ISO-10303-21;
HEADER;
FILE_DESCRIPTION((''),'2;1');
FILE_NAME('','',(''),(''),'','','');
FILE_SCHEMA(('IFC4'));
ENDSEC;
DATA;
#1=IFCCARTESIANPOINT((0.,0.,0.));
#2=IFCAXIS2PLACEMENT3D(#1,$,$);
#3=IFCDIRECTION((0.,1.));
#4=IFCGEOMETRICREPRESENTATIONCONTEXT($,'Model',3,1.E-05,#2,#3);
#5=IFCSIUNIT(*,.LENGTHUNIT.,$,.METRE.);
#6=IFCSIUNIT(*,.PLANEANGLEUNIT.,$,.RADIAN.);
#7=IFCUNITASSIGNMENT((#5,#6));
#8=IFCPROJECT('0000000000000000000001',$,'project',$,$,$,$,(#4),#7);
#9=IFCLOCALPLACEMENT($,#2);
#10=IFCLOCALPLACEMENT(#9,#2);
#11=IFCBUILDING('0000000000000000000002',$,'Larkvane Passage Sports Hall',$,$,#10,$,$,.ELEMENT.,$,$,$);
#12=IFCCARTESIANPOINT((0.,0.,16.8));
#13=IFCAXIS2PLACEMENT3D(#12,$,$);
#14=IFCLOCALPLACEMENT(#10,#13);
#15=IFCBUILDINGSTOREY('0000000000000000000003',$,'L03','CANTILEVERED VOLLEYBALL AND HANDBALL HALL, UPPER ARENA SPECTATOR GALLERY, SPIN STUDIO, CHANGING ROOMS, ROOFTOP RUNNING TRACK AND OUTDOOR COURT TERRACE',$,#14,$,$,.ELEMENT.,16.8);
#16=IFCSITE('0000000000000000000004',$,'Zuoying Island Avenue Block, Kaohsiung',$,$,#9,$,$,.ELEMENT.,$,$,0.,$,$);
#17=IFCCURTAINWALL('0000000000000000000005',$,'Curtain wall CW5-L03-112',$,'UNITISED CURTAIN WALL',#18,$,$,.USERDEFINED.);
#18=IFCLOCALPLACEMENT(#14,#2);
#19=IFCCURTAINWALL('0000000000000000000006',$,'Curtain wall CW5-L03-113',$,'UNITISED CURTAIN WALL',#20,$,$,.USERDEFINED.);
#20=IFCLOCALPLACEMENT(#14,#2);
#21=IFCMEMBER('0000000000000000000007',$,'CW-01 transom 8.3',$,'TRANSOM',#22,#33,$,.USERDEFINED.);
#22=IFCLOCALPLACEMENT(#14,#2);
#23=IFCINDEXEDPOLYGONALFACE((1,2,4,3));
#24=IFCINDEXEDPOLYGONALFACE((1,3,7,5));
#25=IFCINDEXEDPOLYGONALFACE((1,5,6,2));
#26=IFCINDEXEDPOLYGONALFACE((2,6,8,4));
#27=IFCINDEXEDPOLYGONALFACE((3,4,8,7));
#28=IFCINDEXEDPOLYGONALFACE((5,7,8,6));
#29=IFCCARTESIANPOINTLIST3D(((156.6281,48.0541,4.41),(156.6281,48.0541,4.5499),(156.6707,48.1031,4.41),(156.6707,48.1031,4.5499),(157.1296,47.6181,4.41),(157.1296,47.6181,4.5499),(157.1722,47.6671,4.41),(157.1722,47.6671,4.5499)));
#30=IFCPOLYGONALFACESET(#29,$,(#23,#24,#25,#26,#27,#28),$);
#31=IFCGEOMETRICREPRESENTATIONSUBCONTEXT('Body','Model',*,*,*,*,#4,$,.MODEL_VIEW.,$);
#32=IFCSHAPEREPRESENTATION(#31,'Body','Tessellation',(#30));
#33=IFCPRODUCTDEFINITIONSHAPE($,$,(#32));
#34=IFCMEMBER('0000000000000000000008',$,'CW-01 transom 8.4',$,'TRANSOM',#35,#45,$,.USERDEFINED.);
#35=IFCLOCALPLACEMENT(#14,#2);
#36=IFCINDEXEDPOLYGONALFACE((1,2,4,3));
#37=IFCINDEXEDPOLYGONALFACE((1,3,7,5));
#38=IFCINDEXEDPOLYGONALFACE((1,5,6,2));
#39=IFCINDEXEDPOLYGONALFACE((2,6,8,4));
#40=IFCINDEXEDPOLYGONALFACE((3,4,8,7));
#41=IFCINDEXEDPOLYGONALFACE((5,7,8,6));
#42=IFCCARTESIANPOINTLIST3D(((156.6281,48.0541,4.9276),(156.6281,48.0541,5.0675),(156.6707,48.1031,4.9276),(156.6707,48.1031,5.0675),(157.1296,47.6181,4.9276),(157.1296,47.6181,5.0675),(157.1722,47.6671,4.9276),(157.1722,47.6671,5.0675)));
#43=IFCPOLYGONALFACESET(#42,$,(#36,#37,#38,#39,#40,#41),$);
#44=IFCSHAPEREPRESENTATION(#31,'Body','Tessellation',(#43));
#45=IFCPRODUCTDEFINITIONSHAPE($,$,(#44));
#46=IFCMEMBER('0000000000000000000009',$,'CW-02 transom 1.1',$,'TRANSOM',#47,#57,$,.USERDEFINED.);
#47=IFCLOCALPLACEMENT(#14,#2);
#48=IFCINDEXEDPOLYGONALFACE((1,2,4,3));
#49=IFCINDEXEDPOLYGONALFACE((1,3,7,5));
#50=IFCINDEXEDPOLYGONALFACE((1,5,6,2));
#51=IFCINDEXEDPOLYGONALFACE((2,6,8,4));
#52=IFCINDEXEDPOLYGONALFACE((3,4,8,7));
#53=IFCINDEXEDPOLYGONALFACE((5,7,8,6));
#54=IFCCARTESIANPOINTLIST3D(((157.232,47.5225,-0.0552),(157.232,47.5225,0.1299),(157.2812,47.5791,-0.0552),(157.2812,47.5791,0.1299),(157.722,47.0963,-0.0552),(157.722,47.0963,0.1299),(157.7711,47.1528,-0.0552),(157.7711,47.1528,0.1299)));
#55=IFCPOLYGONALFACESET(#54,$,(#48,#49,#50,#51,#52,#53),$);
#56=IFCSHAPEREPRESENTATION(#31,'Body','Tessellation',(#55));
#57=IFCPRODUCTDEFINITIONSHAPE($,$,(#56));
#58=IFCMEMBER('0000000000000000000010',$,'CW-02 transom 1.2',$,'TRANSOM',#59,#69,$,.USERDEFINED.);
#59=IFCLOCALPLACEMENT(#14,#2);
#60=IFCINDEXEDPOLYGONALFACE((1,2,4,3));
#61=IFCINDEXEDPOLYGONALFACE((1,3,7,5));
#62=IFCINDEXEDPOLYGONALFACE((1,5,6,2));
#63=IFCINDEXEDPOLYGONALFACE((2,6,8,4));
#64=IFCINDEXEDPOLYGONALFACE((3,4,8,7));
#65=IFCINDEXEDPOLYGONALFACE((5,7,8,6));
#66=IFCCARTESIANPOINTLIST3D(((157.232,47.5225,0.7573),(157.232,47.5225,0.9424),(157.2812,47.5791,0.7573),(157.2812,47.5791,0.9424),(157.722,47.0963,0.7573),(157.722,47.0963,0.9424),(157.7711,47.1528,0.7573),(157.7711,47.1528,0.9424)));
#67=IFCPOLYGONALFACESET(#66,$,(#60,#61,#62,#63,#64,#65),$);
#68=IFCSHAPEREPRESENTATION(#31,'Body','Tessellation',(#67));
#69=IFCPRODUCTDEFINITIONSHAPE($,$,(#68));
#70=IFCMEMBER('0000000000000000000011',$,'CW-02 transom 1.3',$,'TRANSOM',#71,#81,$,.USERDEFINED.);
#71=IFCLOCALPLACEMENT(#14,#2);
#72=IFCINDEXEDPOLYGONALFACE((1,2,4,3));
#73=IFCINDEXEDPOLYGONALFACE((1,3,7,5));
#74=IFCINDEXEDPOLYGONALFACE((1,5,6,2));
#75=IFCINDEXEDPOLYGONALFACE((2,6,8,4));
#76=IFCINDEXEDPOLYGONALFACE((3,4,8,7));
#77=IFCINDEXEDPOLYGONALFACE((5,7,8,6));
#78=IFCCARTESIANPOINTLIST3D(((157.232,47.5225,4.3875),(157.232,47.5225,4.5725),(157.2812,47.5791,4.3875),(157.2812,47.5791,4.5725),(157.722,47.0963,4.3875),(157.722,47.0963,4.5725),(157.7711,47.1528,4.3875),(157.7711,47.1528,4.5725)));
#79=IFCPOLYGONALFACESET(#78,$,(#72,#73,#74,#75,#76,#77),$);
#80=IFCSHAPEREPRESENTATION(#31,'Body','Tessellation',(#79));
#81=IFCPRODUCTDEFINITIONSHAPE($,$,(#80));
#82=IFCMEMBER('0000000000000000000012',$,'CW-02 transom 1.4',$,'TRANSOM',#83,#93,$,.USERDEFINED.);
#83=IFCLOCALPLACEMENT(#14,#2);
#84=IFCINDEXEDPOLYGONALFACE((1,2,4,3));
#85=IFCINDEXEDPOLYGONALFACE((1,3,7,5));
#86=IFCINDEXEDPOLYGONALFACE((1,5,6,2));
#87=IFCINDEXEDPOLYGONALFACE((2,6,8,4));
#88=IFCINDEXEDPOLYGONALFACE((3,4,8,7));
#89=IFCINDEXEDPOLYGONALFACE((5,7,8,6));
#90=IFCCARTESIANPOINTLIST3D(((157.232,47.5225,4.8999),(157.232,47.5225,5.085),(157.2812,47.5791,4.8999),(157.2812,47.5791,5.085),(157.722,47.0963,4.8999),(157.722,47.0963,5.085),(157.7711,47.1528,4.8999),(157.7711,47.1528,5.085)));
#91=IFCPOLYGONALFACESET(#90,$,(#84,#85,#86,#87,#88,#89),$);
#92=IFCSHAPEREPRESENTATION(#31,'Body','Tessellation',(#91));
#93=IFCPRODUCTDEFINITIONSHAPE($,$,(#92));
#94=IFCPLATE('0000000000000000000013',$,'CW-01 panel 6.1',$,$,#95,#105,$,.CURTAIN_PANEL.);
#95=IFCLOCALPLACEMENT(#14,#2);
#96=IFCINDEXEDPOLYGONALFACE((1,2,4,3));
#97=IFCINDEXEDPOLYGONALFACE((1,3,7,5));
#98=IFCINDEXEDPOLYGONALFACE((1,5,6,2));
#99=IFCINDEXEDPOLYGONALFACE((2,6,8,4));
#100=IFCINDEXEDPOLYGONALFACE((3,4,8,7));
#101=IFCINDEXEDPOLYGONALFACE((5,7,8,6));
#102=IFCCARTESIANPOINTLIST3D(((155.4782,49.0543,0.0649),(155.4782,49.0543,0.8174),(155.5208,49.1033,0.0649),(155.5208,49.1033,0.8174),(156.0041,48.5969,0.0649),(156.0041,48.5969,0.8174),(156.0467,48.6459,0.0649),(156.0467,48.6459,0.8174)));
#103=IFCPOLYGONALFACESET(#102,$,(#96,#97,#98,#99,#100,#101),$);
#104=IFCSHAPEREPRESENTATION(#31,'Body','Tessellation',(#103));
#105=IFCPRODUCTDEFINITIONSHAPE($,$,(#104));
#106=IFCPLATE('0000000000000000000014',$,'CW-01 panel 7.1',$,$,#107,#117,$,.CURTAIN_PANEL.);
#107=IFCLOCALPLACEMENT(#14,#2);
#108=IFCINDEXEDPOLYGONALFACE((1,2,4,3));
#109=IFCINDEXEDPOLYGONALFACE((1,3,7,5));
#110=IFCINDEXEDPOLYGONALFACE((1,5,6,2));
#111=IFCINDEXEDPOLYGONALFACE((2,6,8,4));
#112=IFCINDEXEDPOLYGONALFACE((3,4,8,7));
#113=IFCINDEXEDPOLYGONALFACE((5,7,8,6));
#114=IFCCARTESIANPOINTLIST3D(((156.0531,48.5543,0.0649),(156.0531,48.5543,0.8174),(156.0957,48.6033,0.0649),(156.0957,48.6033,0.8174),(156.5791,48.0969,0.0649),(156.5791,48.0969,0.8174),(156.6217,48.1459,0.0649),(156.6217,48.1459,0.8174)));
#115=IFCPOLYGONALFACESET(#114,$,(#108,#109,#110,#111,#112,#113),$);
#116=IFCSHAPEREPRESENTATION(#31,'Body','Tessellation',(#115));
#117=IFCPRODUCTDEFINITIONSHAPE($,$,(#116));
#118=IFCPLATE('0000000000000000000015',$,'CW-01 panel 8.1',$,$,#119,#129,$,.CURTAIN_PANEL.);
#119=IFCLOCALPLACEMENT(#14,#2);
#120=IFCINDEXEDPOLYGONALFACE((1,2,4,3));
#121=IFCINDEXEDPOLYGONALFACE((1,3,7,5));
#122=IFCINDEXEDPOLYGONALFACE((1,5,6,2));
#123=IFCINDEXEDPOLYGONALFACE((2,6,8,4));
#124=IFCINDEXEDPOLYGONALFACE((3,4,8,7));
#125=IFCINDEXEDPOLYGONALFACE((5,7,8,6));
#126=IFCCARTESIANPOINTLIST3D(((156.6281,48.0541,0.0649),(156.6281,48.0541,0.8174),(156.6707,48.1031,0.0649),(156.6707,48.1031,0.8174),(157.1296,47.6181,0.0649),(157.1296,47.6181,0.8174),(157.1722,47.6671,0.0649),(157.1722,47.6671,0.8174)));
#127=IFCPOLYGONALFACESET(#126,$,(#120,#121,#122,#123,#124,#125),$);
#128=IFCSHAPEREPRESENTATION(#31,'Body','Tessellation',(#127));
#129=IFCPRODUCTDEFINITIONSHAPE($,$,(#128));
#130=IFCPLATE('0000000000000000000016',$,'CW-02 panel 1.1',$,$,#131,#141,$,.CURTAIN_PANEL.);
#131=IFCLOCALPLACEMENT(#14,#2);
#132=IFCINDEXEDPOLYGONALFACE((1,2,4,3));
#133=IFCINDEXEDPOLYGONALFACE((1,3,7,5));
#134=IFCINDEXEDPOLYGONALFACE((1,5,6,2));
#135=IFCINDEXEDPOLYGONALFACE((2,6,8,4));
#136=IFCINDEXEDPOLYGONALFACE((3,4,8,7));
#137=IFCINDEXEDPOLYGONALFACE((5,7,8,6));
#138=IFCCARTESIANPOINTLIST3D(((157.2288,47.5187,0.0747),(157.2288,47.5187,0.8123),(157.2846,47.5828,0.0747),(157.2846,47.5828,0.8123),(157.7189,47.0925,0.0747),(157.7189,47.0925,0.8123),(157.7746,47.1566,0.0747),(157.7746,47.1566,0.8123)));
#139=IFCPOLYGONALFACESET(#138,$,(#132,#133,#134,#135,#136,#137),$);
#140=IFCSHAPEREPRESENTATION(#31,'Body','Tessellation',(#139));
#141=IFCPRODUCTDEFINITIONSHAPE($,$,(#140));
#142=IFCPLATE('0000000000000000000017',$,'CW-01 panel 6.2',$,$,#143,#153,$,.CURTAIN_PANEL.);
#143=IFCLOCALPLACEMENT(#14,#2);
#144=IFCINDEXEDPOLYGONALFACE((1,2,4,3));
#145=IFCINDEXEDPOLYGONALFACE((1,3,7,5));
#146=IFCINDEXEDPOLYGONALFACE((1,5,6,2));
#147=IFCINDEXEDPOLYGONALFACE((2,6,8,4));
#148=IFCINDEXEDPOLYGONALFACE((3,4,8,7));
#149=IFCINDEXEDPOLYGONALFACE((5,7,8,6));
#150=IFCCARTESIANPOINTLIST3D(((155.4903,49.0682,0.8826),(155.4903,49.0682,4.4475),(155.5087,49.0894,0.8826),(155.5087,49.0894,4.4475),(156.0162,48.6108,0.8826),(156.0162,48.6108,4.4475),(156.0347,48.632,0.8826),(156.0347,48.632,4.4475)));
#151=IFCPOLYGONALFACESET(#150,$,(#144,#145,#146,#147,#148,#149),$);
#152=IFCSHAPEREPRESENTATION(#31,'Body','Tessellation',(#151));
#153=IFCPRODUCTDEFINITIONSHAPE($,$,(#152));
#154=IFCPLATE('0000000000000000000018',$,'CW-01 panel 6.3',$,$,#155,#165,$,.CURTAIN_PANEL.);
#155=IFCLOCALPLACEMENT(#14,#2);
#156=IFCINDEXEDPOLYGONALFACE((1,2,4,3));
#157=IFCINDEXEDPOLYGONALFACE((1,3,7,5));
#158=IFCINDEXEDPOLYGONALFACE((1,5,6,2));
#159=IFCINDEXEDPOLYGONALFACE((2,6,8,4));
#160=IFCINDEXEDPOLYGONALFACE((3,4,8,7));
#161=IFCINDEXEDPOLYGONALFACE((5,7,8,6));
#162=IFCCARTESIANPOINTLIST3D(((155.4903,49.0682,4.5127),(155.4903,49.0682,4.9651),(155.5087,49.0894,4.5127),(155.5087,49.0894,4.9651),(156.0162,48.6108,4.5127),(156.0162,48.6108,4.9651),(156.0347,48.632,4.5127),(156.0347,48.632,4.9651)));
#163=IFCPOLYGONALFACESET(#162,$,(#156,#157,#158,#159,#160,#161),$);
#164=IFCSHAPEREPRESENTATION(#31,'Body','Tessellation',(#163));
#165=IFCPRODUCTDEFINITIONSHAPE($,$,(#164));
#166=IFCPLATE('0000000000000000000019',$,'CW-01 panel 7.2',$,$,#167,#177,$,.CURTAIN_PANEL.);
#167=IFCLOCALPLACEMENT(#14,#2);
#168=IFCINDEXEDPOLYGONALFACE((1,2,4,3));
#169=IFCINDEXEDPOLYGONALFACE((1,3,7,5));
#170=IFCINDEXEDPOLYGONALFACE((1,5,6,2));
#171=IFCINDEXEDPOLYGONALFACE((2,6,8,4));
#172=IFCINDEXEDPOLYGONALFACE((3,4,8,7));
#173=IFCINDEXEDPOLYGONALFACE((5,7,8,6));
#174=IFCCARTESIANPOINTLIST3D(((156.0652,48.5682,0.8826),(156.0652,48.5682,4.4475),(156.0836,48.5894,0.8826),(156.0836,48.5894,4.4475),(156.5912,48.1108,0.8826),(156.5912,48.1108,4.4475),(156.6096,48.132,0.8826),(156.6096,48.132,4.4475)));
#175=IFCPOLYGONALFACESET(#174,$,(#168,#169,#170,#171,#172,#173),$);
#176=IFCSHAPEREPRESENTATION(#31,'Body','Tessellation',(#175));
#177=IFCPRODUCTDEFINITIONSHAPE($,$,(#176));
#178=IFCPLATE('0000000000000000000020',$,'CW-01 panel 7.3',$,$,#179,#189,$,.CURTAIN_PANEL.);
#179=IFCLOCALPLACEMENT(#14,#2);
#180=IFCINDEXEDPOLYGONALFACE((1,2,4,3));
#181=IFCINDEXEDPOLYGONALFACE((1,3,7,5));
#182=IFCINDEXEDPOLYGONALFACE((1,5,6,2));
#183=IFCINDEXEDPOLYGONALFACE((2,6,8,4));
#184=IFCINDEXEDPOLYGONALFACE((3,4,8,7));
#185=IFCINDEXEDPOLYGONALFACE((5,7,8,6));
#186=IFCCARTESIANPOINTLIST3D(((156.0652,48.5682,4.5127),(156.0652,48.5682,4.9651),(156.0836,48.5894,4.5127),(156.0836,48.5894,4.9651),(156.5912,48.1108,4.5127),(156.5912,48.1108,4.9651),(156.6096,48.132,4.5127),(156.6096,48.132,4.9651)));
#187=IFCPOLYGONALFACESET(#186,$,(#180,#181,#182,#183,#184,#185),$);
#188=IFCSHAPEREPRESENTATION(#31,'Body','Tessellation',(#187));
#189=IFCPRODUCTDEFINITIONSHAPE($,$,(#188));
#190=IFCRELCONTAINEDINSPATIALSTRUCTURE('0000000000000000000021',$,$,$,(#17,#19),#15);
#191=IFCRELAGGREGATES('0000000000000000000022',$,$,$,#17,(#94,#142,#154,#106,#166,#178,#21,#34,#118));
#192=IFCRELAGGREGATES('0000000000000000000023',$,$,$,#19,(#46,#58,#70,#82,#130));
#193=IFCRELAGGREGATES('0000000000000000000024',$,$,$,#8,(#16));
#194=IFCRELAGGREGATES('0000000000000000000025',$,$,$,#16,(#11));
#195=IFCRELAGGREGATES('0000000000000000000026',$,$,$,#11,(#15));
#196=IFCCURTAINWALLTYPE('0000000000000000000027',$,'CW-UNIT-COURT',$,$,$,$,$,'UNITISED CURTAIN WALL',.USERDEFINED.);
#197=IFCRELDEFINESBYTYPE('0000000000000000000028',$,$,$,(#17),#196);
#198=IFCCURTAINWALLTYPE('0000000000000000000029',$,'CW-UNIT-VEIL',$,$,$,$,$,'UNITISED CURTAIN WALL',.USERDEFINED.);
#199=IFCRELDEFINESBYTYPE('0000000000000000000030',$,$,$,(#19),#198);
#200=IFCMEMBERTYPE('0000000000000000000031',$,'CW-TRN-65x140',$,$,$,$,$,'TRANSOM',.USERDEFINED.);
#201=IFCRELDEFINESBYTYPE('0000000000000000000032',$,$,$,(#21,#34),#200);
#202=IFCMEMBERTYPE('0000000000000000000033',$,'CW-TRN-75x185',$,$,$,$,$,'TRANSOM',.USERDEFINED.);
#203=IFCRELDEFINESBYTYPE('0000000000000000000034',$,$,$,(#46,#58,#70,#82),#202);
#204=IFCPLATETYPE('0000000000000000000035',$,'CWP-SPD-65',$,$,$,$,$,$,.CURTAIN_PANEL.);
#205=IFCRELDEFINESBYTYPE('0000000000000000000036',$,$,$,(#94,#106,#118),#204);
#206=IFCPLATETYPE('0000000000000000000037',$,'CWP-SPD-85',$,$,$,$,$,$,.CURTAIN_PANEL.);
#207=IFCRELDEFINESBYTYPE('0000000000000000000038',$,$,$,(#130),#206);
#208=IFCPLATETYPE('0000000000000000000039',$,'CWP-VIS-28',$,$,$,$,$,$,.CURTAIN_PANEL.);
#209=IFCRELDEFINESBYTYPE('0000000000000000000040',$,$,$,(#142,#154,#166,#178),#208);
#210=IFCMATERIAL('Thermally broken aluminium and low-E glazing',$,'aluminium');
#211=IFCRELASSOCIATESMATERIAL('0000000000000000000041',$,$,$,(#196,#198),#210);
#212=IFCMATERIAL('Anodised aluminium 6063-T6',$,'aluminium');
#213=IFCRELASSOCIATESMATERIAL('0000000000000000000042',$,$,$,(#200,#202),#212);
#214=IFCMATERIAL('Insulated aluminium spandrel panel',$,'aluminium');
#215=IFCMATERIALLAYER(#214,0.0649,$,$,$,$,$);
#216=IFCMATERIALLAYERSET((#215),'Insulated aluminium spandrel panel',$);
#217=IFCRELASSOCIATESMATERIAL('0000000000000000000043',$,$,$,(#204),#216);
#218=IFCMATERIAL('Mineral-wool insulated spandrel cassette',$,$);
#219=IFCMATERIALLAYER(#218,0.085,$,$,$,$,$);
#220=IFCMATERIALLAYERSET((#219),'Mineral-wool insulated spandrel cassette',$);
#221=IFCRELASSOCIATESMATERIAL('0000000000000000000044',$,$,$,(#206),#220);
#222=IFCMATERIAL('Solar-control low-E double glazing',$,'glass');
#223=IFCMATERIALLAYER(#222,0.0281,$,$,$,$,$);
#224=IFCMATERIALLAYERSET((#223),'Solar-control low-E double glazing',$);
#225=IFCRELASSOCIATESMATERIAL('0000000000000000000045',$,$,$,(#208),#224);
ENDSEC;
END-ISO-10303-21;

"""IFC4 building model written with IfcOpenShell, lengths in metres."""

from ifc_helpers import new_model, si_unit, direction, frame, origin, origin_2d, place, context, subcontext, project, spatial, rectangle, extrude, material, layer, layer_set, material_profile, profile_set, type_object, element, aggregate, save


model = new_model("IFC4")

# Units and contexts
model_context = context("Model", 3, precision=1e-05, world=origin(), true_north=direction((0.0, 1.0)))
body_context = subcontext(model_context, "Body", "Model", "MODEL_VIEW")
ifc_project = project(units=[si_unit("LENGTHUNIT", "METRE"), si_unit("PLANEANGLEUNIT", "RADIAN")], contexts=[model_context])

# Site, building, storey
site_placement = place(None, origin())
site = spatial("IfcSite", under=ifc_project, at=site_placement, Name="Zuoying Island Avenue Block, Kaohsiung", CompositionType="ELEMENT", RefElevation=0.0)
building_placement = place(site_placement, origin())
building = spatial("IfcBuilding", under=site, at=building_placement, Name="Larkvane Passage Sports Hall", CompositionType="ELEMENT")
storey_placement = place(building_placement, frame((0.0, 0.0, 16.8)))
storey = spatial("IfcBuildingStorey", under=building, at=storey_placement, Name="L03", Description="CANTILEVERED VOLLEYBALL AND HANDBALL HALL, UPPER ARENA SPECTATOR GALLERY, SPIN STUDIO, CHANGING ROOMS, ROOFTOP RUNNING TRACK AND OUTDOOR COURT TERRACE", CompositionType="ELEMENT", Elevation=16.8)

# Curtain wall
ifc_material_1 = material(Name="Thermally broken aluminium and low-E glazing", Category="aluminium")
curtain_wall_type_1 = type_object("IfcCurtainWallType", Name="CW-UNIT-COURT", ElementType="UNITISED CURTAIN WALL", PredefinedType="USERDEFINED", material=ifc_material_1)
curtain_wall_1_placement = place(storey_placement, origin())
curtain_wall_1 = element("IfcCurtainWall", 1, at=curtain_wall_1_placement, inside=storey, type_object=curtain_wall_type_1, Name="Curtain wall CW5-L03-112", ObjectType="UNITISED CURTAIN WALL", PredefinedType="USERDEFINED")
ifc_material_2 = material(Name="Anodised aluminium 6063-T6", Category="aluminium")

# Curtain wall
curtain_wall_type_2 = type_object("IfcCurtainWallType", Name="CW-UNIT-VEIL", ElementType="UNITISED CURTAIN WALL", PredefinedType="USERDEFINED", material=ifc_material_1)
curtain_wall_2_placement = place(storey_placement, origin())
curtain_wall_2 = element("IfcCurtainWall", 2, at=curtain_wall_2_placement, inside=storey, type_object=curtain_wall_type_2, Name="Curtain wall CW5-L03-113", ObjectType="UNITISED CURTAIN WALL", PredefinedType="USERDEFINED")

# Members
ifc_material_profile_1 = material_profile(ifc_material_2, rectangle(XDim=0.0649, YDim=0.1399, at=origin_2d()), Name="ALU-TRN-65x140")
ifc_profile_set_1 = profile_set([ifc_material_profile_1], Name="Anodised aluminium 6063-T6")
member_type_1 = type_object("IfcMemberType", Name="CW-TRN-65x140", ElementType="TRANSOM", PredefinedType="USERDEFINED", material=ifc_profile_set_1)
member_1_placement = place(storey_placement, frame((156.6494, 48.0786, 4.48), z_axis=(0.754621, -0.656161, 0.0), x_axis=(0.656161, 0.754621, 0.0)))
member_1 = element("IfcMember", 3, at=member_1_placement, type_object=member_type_1, Name="CW-01 transom 8.3", ObjectType="TRANSOM", PredefinedType="USERDEFINED", context=body_context, shape_type="SweptSolid", body=[
    extrude(rectangle(XDim=0.0649, YDim=0.1399, at=origin_2d()), origin(), (0.0, 0.0, 1.0), 0.6646),
])
member_2_placement = place(storey_placement, frame((156.6494, 48.0786, 4.9976), z_axis=(0.754621, -0.656161, 0.0), x_axis=(0.656161, 0.754621, 0.0)))
member_2 = element("IfcMember", 4, at=member_2_placement, type_object=member_type_1, Name="CW-01 transom 8.4", ObjectType="TRANSOM", PredefinedType="USERDEFINED", context=body_context, shape_type="SweptSolid", body=[
    extrude(rectangle(XDim=0.0649, YDim=0.1399, at=origin_2d()), origin(), (0.0, 0.0, 1.0), 0.6646),
])
ifc_material_profile_2 = material_profile(ifc_material_2, rectangle(XDim=0.075, YDim=0.1851, at=origin_2d()), Name="ALU-TRN-75x185")
ifc_profile_set_2 = profile_set([ifc_material_profile_2], Name="Anodised aluminium 6063-T6")
member_type_2 = type_object("IfcMemberType", Name="CW-TRN-75x185", ElementType="TRANSOM", PredefinedType="USERDEFINED", material=ifc_profile_set_2)
member_3_placement = place(storey_placement, frame((157.2566, 47.5508, 0.0374), z_axis=(0.75446, -0.656346, 0.0), x_axis=(0.656346, 0.75446, 0.0)))
member_3 = element("IfcMember", 5, at=member_3_placement, type_object=member_type_2, Name="CW-02 transom 1.1", ObjectType="TRANSOM", PredefinedType="USERDEFINED", context=body_context, shape_type="SweptSolid", body=[
    extrude(rectangle(XDim=0.075, YDim=0.1851, at=origin_2d()), origin(), (0.0, 0.0, 1.0), 0.6494),
])
member_4_placement = place(storey_placement, frame((157.2566, 47.5508, 0.8499), z_axis=(0.75446, -0.656346, 0.0), x_axis=(0.656346, 0.75446, 0.0)))
member_4 = element("IfcMember", 6, at=member_4_placement, type_object=member_type_2, Name="CW-02 transom 1.2", ObjectType="TRANSOM", PredefinedType="USERDEFINED", context=body_context, shape_type="SweptSolid", body=[
    extrude(rectangle(XDim=0.075, YDim=0.1851, at=origin_2d()), origin(), (0.0, 0.0, 1.0), 0.6494),
])
member_5_placement = place(storey_placement, frame((157.2566, 47.5508, 4.48), z_axis=(0.75446, -0.656346, 0.0), x_axis=(0.656346, 0.75446, 0.0)))
member_5 = element("IfcMember", 7, at=member_5_placement, type_object=member_type_2, Name="CW-02 transom 1.3", ObjectType="TRANSOM", PredefinedType="USERDEFINED", context=body_context, shape_type="SweptSolid", body=[
    extrude(rectangle(XDim=0.075, YDim=0.1851, at=origin_2d()), origin(), (0.0, 0.0, 1.0), 0.6494),
])
member_6_placement = place(storey_placement, frame((157.2566, 47.5508, 4.9924), z_axis=(0.75446, -0.656346, 0.0), x_axis=(0.656346, 0.75446, 0.0)))
member_6 = element("IfcMember", 8, at=member_6_placement, type_object=member_type_2, Name="CW-02 transom 1.4", ObjectType="TRANSOM", PredefinedType="USERDEFINED", context=body_context, shape_type="SweptSolid", body=[
    extrude(rectangle(XDim=0.075, YDim=0.1851, at=origin_2d()), origin(), (0.0, 0.0, 1.0), 0.6494),
])

# Plates
ifc_material_3 = material(Name="Insulated aluminium spandrel panel", Category="aluminium")
ifc_layer_1 = layer(ifc_material_3, 0.0649)
ifc_layer_set_1 = layer_set([ifc_layer_1], Name="Insulated aluminium spandrel panel")
plate_type_1 = type_object("IfcPlateType", Name="CWP-SPD-65", PredefinedType="CURTAIN_PANEL", material=ifc_layer_set_1)
plate_1_placement = place(storey_placement, frame((155.7625, 48.8501, 0.0649), z_axis=(0.0, 0.0, 1.0), x_axis=(0.754606, -0.656179, 0.0)))
plate_1 = element("IfcPlate", 9, at=plate_1_placement, type_object=plate_type_1, Name="CW-01 panel 6.1", PredefinedType="CURTAIN_PANEL", context=body_context, shape_type="SweptSolid", body=[
    extrude(rectangle(XDim=0.697, YDim=0.0649, at=origin_2d()), origin(), (0.0, 0.0, 1.0), 0.7524),
])
plate_2_placement = place(storey_placement, frame((156.3374, 48.3501, 0.0649), z_axis=(0.0, 0.0, 1.0), x_axis=(0.754606, -0.656179, 0.0)))
plate_2 = element("IfcPlate", 10, at=plate_2_placement, type_object=plate_type_1, Name="CW-01 panel 7.1", PredefinedType="CURTAIN_PANEL", context=body_context, shape_type="SweptSolid", body=[
    extrude(rectangle(XDim=0.697, YDim=0.0649, at=origin_2d()), origin(), (0.0, 0.0, 1.0), 0.7524),
])
plate_3_placement = place(storey_placement, frame((156.9001, 47.8606, 0.0649), z_axis=(0.0, 0.0, 1.0), x_axis=(0.754606, -0.656179, 0.0)))
plate_3 = element("IfcPlate", 11, at=plate_3_placement, type_object=plate_type_1, Name="CW-01 panel 8.1", PredefinedType="CURTAIN_PANEL", context=body_context, shape_type="SweptSolid", body=[
    extrude(rectangle(XDim=0.6646, YDim=0.0649, at=origin_2d()), origin(), (0.0, 0.0, 1.0), 0.7524),
])
ifc_material_4 = material(Name="Mineral-wool insulated spandrel cassette")
ifc_layer_2 = layer(ifc_material_4, 0.085)
ifc_layer_set_2 = layer_set([ifc_layer_2], Name="Mineral-wool insulated spandrel cassette")
plate_type_2 = type_object("IfcPlateType", Name="CWP-SPD-85", PredefinedType="CURTAIN_PANEL", material=ifc_layer_set_2)
plate_4_placement = place(storey_placement, frame((157.5017, 47.3376, 0.0747), z_axis=(0.0, 0.0, 1.0), x_axis=(0.754606, -0.656179, 0.0)))
plate_4 = element("IfcPlate", 12, at=plate_4_placement, type_object=plate_type_2, Name="CW-02 panel 1.1", PredefinedType="CURTAIN_PANEL", context=body_context, shape_type="SweptSolid", body=[
    extrude(rectangle(XDim=0.6494, YDim=0.085, at=origin_2d()), origin(), (0.0, 0.0, 1.0), 0.7375),
])
ifc_material_5 = material(Name="Solar-control low-E double glazing", Category="glass")
ifc_layer_3 = layer(ifc_material_5, 0.0281)
ifc_layer_set_3 = layer_set([ifc_layer_3], Name="Solar-control low-E double glazing")
plate_type_3 = type_object("IfcPlateType", Name="CWP-VIS-28", PredefinedType="CURTAIN_PANEL", material=ifc_layer_set_3)
plate_5_placement = place(storey_placement, frame((155.7625, 48.8501, 0.8826), z_axis=(0.0, 0.0, 1.0), x_axis=(0.754606, -0.656179, 0.0)))
plate_5 = element("IfcPlate", 13, at=plate_5_placement, type_object=plate_type_3, Name="CW-01 panel 6.2", PredefinedType="CURTAIN_PANEL", context=body_context, shape_type="SweptSolid", body=[
    extrude(rectangle(XDim=0.697, YDim=0.0281, at=origin_2d()), origin(), (0.0, 0.0, 1.0), 3.5649),
])
plate_6_placement = place(storey_placement, frame((155.7625, 48.8501, 4.5127), z_axis=(0.0, 0.0, 1.0), x_axis=(0.754606, -0.656179, 0.0)))
plate_6 = element("IfcPlate", 14, at=plate_6_placement, type_object=plate_type_3, Name="CW-01 panel 6.3", PredefinedType="CURTAIN_PANEL", context=body_context, shape_type="SweptSolid", body=[
    extrude(rectangle(XDim=0.697, YDim=0.0281, at=origin_2d()), origin(), (0.0, 0.0, 1.0), 0.4524),
])
plate_7_placement = place(storey_placement, frame((156.3374, 48.3501, 0.8826), z_axis=(0.0, 0.0, 1.0), x_axis=(0.754606, -0.656179, 0.0)))
plate_7 = element("IfcPlate", 15, at=plate_7_placement, type_object=plate_type_3, Name="CW-01 panel 7.2", PredefinedType="CURTAIN_PANEL", context=body_context, shape_type="SweptSolid", body=[
    extrude(rectangle(XDim=0.697, YDim=0.0281, at=origin_2d()), origin(), (0.0, 0.0, 1.0), 3.5649),
])
plate_8_placement = place(storey_placement, frame((156.3374, 48.3501, 4.5127), z_axis=(0.0, 0.0, 1.0), x_axis=(0.754606, -0.656179, 0.0)))
plate_8 = element("IfcPlate", 16, at=plate_8_placement, type_object=plate_type_3, Name="CW-01 panel 7.3", PredefinedType="CURTAIN_PANEL", context=body_context, shape_type="SweptSolid", body=[
    extrude(rectangle(XDim=0.697, YDim=0.0281, at=origin_2d()), origin(), (0.0, 0.0, 1.0), 0.4524),
])
aggregate(curtain_wall_1, [plate_1, plate_5, plate_6, plate_2, plate_7, plate_8, member_1, member_2, plate_3])
aggregate(curtain_wall_2, [member_3, member_4, member_5, member_6, plate_4])

save(model, "model.ifc")
